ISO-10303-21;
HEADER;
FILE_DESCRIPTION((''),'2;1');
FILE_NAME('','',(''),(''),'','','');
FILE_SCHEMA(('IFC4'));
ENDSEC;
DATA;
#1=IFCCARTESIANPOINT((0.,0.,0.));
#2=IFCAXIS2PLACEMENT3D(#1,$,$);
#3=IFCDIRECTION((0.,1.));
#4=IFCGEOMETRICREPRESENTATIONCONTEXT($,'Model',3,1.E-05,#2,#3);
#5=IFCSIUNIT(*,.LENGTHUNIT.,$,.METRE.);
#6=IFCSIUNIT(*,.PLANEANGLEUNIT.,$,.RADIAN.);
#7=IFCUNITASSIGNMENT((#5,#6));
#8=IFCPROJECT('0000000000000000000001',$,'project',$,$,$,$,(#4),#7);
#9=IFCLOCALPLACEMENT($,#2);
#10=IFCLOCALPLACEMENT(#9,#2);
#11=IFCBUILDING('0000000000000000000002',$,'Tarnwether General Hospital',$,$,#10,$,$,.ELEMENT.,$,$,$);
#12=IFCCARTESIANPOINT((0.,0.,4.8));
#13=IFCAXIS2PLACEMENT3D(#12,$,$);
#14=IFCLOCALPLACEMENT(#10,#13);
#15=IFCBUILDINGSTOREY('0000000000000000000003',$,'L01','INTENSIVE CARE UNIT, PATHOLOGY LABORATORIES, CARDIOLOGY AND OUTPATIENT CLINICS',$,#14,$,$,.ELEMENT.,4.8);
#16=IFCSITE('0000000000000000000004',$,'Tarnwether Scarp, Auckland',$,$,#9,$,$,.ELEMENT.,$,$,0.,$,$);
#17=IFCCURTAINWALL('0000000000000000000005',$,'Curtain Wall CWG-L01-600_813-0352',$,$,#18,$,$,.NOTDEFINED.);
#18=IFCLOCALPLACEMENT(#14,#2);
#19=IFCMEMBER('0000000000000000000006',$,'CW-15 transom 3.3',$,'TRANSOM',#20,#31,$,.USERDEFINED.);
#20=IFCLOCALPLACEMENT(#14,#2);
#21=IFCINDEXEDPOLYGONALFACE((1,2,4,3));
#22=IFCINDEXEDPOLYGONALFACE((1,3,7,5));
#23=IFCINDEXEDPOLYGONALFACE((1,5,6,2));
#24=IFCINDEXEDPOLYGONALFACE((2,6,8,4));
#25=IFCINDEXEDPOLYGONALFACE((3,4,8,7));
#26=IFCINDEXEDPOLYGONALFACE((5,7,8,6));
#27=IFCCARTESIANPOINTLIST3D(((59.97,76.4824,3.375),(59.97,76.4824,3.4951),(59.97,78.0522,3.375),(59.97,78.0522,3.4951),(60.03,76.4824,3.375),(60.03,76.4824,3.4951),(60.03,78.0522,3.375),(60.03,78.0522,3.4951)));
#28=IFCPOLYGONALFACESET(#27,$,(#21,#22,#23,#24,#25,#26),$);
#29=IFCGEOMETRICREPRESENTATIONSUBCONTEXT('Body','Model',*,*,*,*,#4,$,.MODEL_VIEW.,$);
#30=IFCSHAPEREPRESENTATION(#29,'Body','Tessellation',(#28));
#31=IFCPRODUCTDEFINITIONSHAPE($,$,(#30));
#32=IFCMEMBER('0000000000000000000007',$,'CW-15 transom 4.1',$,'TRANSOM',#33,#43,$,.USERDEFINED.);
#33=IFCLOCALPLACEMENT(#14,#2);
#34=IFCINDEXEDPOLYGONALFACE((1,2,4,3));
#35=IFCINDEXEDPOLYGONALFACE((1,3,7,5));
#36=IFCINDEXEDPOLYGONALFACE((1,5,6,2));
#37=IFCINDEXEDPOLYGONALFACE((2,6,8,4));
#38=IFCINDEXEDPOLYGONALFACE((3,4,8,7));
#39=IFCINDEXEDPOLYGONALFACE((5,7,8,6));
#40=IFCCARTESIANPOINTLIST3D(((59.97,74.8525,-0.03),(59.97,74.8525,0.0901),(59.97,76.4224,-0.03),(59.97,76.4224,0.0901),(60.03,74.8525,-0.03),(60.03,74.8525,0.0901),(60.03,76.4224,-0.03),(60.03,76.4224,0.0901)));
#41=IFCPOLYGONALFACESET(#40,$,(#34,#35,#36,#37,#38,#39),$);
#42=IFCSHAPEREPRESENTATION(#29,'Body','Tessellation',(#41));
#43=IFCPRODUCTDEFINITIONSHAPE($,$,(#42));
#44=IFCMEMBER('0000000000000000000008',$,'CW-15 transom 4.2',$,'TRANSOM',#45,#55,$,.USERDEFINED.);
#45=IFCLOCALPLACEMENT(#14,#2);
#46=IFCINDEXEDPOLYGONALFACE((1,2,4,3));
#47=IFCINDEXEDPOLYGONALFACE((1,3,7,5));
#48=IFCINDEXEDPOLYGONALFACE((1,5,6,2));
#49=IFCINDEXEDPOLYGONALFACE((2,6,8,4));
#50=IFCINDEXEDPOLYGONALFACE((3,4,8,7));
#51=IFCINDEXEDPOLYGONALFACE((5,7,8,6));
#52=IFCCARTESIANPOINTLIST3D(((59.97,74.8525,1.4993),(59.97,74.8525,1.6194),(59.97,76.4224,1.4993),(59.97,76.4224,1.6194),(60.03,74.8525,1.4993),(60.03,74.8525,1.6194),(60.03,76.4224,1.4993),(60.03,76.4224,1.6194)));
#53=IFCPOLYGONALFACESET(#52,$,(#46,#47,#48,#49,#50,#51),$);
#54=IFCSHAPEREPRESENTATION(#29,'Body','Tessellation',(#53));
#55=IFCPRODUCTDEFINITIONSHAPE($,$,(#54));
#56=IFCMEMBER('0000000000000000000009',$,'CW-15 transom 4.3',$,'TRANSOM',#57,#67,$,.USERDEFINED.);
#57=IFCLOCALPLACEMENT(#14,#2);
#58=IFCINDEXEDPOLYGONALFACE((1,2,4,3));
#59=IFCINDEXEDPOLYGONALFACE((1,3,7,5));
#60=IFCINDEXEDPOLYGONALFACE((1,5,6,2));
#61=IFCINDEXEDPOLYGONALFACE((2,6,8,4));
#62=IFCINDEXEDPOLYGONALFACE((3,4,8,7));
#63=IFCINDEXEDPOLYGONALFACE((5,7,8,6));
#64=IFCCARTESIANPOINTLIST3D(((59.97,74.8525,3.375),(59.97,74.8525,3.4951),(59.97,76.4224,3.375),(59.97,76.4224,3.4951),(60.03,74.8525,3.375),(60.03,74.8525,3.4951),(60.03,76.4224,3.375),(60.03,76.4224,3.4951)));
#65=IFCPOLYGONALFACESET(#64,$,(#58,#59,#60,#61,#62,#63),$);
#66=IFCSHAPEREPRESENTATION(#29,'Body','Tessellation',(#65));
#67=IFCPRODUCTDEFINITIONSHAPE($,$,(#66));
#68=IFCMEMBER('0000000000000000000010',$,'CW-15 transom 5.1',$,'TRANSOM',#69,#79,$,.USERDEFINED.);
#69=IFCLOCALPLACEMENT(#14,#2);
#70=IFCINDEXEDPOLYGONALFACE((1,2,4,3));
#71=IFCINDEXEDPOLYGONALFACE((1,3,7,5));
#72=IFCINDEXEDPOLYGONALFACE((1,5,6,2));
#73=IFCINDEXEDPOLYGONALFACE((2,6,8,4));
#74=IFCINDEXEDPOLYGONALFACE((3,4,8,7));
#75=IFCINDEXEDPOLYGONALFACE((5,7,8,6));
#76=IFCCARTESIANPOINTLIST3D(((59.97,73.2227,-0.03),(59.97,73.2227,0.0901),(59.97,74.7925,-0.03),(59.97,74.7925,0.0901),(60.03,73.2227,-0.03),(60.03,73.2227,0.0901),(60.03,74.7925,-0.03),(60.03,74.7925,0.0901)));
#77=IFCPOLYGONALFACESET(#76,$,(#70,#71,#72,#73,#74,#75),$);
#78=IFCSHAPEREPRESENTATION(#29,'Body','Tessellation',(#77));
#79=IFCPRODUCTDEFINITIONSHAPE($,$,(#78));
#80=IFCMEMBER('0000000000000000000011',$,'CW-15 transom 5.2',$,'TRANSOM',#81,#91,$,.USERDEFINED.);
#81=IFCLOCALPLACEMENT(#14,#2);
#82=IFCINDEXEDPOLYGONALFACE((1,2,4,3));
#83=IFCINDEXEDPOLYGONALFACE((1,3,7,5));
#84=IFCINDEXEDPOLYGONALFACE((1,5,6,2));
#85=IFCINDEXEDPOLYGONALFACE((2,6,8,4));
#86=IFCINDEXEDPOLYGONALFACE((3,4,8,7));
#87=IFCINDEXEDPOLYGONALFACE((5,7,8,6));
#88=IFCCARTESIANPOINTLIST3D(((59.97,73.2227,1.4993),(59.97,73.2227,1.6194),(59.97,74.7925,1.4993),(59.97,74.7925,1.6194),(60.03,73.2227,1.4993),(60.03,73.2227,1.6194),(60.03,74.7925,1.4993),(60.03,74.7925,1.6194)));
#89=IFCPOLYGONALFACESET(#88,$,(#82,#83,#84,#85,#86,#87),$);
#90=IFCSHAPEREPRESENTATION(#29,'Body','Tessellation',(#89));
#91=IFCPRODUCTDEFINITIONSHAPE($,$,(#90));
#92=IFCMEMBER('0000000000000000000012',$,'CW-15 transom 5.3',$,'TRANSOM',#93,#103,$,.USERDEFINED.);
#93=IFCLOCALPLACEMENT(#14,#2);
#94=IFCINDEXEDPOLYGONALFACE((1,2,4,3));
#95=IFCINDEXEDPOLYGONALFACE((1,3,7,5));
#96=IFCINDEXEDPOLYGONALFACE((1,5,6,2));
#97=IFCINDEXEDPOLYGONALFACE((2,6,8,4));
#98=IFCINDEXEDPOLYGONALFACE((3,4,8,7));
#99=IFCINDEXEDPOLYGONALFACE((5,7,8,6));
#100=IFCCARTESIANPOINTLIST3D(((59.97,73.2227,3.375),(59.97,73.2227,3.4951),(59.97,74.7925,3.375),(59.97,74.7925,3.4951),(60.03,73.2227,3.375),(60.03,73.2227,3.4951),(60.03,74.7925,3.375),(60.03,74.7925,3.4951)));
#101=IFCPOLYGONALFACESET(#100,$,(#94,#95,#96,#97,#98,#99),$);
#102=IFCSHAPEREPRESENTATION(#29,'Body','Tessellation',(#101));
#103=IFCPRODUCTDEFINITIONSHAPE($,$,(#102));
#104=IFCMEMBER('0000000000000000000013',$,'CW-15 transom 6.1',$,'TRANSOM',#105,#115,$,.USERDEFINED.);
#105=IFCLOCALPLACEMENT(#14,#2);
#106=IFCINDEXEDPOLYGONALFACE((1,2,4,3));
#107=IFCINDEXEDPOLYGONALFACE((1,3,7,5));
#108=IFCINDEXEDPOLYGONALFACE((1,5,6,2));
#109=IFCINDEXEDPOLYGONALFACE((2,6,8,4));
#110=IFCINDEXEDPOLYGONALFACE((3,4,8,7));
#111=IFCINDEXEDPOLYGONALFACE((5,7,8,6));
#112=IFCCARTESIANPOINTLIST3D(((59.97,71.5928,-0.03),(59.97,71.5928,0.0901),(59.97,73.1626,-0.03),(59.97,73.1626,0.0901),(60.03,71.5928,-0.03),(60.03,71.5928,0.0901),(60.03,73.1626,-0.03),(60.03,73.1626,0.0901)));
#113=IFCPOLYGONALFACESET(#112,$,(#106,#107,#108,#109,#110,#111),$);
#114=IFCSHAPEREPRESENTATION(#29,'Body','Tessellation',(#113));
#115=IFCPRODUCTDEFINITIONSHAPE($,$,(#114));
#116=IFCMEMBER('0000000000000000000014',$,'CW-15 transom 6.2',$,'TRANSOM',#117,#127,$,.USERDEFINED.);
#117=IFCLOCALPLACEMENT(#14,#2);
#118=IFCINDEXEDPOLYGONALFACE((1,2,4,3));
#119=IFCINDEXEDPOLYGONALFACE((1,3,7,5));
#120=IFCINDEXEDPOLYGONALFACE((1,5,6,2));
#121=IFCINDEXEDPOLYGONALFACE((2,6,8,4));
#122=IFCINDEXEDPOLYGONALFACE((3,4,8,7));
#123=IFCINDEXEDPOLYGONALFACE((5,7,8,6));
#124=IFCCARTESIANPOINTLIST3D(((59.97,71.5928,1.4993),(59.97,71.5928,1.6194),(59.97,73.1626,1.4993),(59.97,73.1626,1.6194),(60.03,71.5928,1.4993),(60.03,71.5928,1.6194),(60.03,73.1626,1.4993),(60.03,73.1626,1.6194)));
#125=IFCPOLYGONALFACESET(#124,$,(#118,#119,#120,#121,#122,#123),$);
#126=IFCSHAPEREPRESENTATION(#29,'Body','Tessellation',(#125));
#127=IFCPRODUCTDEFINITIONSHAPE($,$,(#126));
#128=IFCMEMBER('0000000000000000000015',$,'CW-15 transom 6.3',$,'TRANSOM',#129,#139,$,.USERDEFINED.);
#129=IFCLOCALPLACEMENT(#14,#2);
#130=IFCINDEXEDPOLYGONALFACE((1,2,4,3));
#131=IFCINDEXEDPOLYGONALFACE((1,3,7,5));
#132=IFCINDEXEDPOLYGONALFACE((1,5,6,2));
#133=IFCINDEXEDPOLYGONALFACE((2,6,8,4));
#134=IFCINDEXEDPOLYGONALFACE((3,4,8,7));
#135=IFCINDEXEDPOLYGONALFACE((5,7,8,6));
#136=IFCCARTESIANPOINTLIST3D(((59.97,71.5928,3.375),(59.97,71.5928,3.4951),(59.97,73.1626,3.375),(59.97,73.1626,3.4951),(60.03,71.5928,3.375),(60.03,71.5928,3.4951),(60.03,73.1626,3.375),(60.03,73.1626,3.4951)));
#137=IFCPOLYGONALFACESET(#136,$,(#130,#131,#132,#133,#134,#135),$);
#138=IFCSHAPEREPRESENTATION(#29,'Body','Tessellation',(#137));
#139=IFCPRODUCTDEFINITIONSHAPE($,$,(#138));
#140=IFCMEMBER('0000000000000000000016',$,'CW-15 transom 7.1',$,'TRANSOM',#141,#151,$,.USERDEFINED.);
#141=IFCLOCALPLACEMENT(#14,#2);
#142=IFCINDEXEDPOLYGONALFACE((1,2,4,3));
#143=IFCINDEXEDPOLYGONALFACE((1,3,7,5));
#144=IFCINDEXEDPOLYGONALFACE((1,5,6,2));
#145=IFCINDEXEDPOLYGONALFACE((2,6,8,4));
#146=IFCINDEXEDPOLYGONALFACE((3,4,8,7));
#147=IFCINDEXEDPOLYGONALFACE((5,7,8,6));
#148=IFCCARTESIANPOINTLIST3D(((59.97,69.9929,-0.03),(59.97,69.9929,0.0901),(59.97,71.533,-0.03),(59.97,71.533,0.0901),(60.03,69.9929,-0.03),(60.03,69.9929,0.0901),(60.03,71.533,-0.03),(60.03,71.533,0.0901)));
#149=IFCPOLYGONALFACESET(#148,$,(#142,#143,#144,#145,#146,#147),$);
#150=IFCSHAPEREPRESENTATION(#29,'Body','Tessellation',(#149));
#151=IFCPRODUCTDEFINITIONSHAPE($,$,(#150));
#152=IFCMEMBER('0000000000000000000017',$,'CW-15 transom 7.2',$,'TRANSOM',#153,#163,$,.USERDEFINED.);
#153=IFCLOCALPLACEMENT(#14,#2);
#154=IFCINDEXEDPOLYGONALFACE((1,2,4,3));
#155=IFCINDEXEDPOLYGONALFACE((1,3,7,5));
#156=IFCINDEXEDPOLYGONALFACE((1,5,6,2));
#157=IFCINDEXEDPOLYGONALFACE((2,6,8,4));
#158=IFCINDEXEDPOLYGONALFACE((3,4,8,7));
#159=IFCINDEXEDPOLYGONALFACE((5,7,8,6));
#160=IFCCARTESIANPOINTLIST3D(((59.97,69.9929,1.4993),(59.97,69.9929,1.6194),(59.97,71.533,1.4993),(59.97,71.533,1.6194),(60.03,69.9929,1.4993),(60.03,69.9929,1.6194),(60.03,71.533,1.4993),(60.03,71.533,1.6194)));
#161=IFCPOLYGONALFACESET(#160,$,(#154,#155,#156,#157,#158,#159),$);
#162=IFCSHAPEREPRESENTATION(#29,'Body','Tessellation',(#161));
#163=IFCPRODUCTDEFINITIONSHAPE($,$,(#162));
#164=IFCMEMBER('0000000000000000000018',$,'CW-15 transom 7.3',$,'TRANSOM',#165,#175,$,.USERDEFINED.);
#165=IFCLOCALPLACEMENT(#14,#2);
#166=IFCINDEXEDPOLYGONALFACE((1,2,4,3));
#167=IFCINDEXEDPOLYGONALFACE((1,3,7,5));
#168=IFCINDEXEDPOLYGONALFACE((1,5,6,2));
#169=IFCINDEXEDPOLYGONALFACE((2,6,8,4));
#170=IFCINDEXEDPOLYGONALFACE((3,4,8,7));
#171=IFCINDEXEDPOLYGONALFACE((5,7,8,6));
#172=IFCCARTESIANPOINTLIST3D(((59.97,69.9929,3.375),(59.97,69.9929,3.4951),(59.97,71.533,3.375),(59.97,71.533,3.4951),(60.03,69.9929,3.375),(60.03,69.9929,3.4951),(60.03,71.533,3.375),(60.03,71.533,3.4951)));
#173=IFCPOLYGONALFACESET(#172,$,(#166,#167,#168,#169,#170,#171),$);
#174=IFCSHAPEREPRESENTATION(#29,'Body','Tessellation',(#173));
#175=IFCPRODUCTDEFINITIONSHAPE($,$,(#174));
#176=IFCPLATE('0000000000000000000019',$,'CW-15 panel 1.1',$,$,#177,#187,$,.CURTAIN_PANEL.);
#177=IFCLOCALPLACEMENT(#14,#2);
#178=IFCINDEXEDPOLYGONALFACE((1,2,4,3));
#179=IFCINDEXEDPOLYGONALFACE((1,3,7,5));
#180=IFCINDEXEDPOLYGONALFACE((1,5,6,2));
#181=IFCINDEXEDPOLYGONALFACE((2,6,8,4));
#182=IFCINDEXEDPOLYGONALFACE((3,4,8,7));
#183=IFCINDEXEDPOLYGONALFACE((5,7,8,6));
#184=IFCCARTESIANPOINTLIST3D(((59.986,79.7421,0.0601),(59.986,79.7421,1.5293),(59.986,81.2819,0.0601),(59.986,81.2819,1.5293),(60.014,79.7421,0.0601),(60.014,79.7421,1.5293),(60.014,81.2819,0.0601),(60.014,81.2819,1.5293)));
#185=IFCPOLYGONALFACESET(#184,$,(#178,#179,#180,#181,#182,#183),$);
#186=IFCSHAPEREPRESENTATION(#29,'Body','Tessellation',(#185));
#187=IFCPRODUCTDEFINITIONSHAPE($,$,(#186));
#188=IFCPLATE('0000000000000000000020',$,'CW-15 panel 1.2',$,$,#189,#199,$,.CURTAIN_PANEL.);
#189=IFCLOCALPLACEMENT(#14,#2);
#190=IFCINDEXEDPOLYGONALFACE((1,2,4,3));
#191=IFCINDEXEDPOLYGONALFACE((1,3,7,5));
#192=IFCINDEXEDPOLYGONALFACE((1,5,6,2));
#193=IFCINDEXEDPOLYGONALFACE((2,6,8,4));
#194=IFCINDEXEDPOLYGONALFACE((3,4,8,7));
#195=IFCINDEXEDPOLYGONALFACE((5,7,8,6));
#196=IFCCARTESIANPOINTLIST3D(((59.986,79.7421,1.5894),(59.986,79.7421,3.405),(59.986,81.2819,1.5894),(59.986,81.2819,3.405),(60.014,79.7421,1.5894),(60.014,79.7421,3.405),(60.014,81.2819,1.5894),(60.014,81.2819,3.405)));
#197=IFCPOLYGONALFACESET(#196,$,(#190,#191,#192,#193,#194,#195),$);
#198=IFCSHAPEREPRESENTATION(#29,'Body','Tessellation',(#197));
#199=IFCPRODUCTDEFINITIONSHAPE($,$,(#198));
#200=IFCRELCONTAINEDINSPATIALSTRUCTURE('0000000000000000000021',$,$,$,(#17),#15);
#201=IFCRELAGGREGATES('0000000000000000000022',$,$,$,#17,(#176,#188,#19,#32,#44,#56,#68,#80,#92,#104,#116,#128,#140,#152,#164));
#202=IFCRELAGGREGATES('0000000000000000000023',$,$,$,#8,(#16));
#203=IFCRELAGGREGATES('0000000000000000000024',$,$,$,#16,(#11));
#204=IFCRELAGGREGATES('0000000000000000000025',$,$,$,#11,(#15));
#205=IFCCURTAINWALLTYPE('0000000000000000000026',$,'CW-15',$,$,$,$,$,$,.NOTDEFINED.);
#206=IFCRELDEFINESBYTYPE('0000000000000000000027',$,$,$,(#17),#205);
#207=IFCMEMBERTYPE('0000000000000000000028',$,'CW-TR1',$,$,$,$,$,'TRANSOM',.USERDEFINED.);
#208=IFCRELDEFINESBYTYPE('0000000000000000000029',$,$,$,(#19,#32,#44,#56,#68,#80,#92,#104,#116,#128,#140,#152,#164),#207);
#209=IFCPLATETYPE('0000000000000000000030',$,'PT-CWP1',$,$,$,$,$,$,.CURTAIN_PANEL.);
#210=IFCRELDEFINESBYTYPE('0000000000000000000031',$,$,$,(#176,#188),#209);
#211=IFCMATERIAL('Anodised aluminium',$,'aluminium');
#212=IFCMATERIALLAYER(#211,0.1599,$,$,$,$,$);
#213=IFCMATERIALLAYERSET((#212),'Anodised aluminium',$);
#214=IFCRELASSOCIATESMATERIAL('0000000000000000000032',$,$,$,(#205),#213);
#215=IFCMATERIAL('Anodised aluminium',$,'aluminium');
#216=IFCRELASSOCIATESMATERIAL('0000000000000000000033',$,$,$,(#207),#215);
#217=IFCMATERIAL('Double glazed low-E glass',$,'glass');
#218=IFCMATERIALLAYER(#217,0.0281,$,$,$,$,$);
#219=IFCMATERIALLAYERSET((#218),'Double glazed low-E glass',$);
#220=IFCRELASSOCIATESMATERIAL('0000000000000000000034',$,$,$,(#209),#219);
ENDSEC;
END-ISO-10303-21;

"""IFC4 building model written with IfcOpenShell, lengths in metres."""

from ifc_helpers import new_model, si_unit, direction, frame, origin, origin_2d, place, context, subcontext, project, spatial, rectangle, extrude, material, layer, layer_set, material_profile, profile_set, type_object, element, aggregate, save


model = new_model("IFC4")

# Units and contexts
model_context = context("Model", 3, precision=1e-05, world=origin(), true_north=direction((0.0, 1.0)))
body_context = subcontext(model_context, "Body", "Model", "MODEL_VIEW")
ifc_project = project(units=[si_unit("LENGTHUNIT", "METRE"), si_unit("PLANEANGLEUNIT", "RADIAN")], contexts=[model_context])

# Site, building, storey
site_placement = place(None, origin())
site = spatial("IfcSite", under=ifc_project, at=site_placement, Name="Tarnwether Scarp, Auckland", CompositionType="ELEMENT", RefElevation=0.0)
building_placement = place(site_placement, origin())
building = spatial("IfcBuilding", under=site, at=building_placement, Name="Tarnwether General Hospital", CompositionType="ELEMENT")
storey_placement = place(building_placement, frame((0.0, 0.0, 4.8)))
storey = spatial("IfcBuildingStorey", under=building, at=storey_placement, Name="L01", Description="INTENSIVE CARE UNIT, PATHOLOGY LABORATORIES, CARDIOLOGY AND OUTPATIENT CLINICS", CompositionType="ELEMENT", Elevation=4.8)

# Curtain wall, members, plates
ifc_material_1 = material(Name="Anodised aluminium", Category="aluminium")
ifc_layer_1 = layer(ifc_material_1, 0.1599)
ifc_layer_set_1 = layer_set([ifc_layer_1], Name="Anodised aluminium")
curtain_wall_type = type_object("IfcCurtainWallType", Name="CW-15", PredefinedType="NOTDEFINED", material=ifc_layer_set_1)
curtain_wall_placement = place(storey_placement, origin())
curtain_wall = element("IfcCurtainWall", 1, at=curtain_wall_placement, inside=storey, type_object=curtain_wall_type, Name="Curtain Wall CWG-L01-600_813-0352", PredefinedType="NOTDEFINED")
ifc_material_2 = material(Name="Anodised aluminium", Category="aluminium")
ifc_material_profile_1 = material_profile(ifc_material_2, rectangle(XDim=0.0601, YDim=0.1201, at=origin_2d()), Name="ALU-TRN-60x120")
ifc_profile_set_1 = profile_set([ifc_material_profile_1], Name="Anodised aluminium")
member_type_1 = type_object("IfcMemberType", Name="CW-TR1", ElementType="TRANSOM", PredefinedType="USERDEFINED", material=ifc_profile_set_1)
member_1_placement = place(storey_placement, frame((60.0, 78.0522, 3.4351), z_axis=(0.0, -1.0, 0.0), x_axis=(1.0, 0.0, 0.0)))
member_1 = element("IfcMember", 2, at=member_1_placement, type_object=member_type_1, Name="CW-15 transom 3.3", ObjectType="TRANSOM", PredefinedType="USERDEFINED", context=body_context, shape_type="SweptSolid", body=[
    extrude(rectangle(XDim=0.0601, YDim=0.1201, at=origin_2d()), origin(), (0.0, 0.0, 1.0), 1.5698),
])
member_2_placement = place(storey_placement, frame((60.0, 76.4224, 0.03), z_axis=(0.0, -1.0, 0.0), x_axis=(1.0, 0.0, 0.0)))
member_2 = element("IfcMember", 3, at=member_2_placement, type_object=member_type_1, Name="CW-15 transom 4.1", ObjectType="TRANSOM", PredefinedType="USERDEFINED", context=body_context, shape_type="SweptSolid", body=[
    extrude(rectangle(XDim=0.0601, YDim=0.1201, at=origin_2d()), origin(), (0.0, 0.0, 1.0), 1.5698),
])
member_3_placement = place(storey_placement, frame((60.0, 76.4224, 1.5593), z_axis=(0.0, -1.0, 0.0), x_axis=(1.0, 0.0, 0.0)))
member_3 = element("IfcMember", 4, at=member_3_placement, type_object=member_type_1, Name="CW-15 transom 4.2", ObjectType="TRANSOM", PredefinedType="USERDEFINED", context=body_context, shape_type="SweptSolid", body=[
    extrude(rectangle(XDim=0.0601, YDim=0.1201, at=origin_2d()), origin(), (0.0, 0.0, 1.0), 1.5698),
])
member_4_placement = place(storey_placement, frame((60.0, 76.4224, 3.4351), z_axis=(0.0, -1.0, 0.0), x_axis=(1.0, 0.0, 0.0)))
member_4 = element("IfcMember", 5, at=member_4_placement, type_object=member_type_1, Name="CW-15 transom 4.3", ObjectType="TRANSOM", PredefinedType="USERDEFINED", context=body_context, shape_type="SweptSolid", body=[
    extrude(rectangle(XDim=0.0601, YDim=0.1201, at=origin_2d()), origin(), (0.0, 0.0, 1.0), 1.5698),
])
member_5_placement = place(storey_placement, frame((60.0, 74.7925, 0.03), z_axis=(0.0, -1.0, 0.0), x_axis=(1.0, 0.0, 0.0)))
member_5 = element("IfcMember", 6, at=member_5_placement, type_object=member_type_1, Name="CW-15 transom 5.1", ObjectType="TRANSOM", PredefinedType="USERDEFINED", context=body_context, shape_type="SweptSolid", body=[
    extrude(rectangle(XDim=0.0601, YDim=0.1201, at=origin_2d()), origin(), (0.0, 0.0, 1.0), 1.5698),
])
member_6_placement = place(storey_placement, frame((60.0, 74.7925, 1.5593), z_axis=(0.0, -1.0, 0.0), x_axis=(1.0, 0.0, 0.0)))
member_6 = element("IfcMember", 7, at=member_6_placement, type_object=member_type_1, Name="CW-15 transom 5.2", ObjectType="TRANSOM", PredefinedType="USERDEFINED", context=body_context, shape_type="SweptSolid", body=[
    extrude(rectangle(XDim=0.0601, YDim=0.1201, at=origin_2d()), origin(), (0.0, 0.0, 1.0), 1.5698),
])
member_7_placement = place(storey_placement, frame((60.0, 74.7925, 3.4351), z_axis=(0.0, -1.0, 0.0), x_axis=(1.0, 0.0, 0.0)))
member_7 = element("IfcMember", 8, at=member_7_placement, type_object=member_type_1, Name="CW-15 transom 5.3", ObjectType="TRANSOM", PredefinedType="USERDEFINED", context=body_context, shape_type="SweptSolid", body=[
    extrude(rectangle(XDim=0.0601, YDim=0.1201, at=origin_2d()), origin(), (0.0, 0.0, 1.0), 1.5698),
])
member_8_placement = place(storey_placement, frame((60.0, 73.1626, 0.03), z_axis=(0.0, -1.0, 0.0), x_axis=(1.0, 0.0, 0.0)))
member_8 = element("IfcMember", 9, at=member_8_placement, type_object=member_type_1, Name="CW-15 transom 6.1", ObjectType="TRANSOM", PredefinedType="USERDEFINED", context=body_context, shape_type="SweptSolid", body=[
    extrude(rectangle(XDim=0.0601, YDim=0.1201, at=origin_2d()), origin(), (0.0, 0.0, 1.0), 1.5698),
])
member_9_placement = place(storey_placement, frame((60.0, 73.1626, 1.5593), z_axis=(0.0, -1.0, 0.0), x_axis=(1.0, 0.0, 0.0)))
member_9 = element("IfcMember", 10, at=member_9_placement, type_object=member_type_1, Name="CW-15 transom 6.2", ObjectType="TRANSOM", PredefinedType="USERDEFINED", context=body_context, shape_type="SweptSolid", body=[
    extrude(rectangle(XDim=0.0601, YDim=0.1201, at=origin_2d()), origin(), (0.0, 0.0, 1.0), 1.5698),
])
member_10_placement = place(storey_placement, frame((60.0, 73.1626, 3.4351), z_axis=(0.0, -1.0, 0.0), x_axis=(1.0, 0.0, 0.0)))
member_10 = element("IfcMember", 11, at=member_10_placement, type_object=member_type_1, Name="CW-15 transom 6.3", ObjectType="TRANSOM", PredefinedType="USERDEFINED", context=body_context, shape_type="SweptSolid", body=[
    extrude(rectangle(XDim=0.0601, YDim=0.1201, at=origin_2d()), origin(), (0.0, 0.0, 1.0), 1.5698),
])
member_11_placement = place(storey_placement, frame((60.0, 71.533, 0.03), z_axis=(0.0, -1.0, 0.0), x_axis=(1.0, 0.0, 0.0)))
member_11 = element("IfcMember", 12, at=member_11_placement, type_object=member_type_1, Name="CW-15 transom 7.1", ObjectType="TRANSOM", PredefinedType="USERDEFINED", context=body_context, shape_type="SweptSolid", body=[
    extrude(rectangle(XDim=0.0601, YDim=0.1201, at=origin_2d()), origin(), (0.0, 0.0, 1.0), 1.54),
])
member_12_placement = place(storey_placement, frame((60.0, 71.533, 1.5593), z_axis=(0.0, -1.0, 0.0), x_axis=(1.0, 0.0, 0.0)))
member_12 = element("IfcMember", 13, at=member_12_placement, type_object=member_type_1, Name="CW-15 transom 7.2", ObjectType="TRANSOM", PredefinedType="USERDEFINED", context=body_context, shape_type="SweptSolid", body=[
    extrude(rectangle(XDim=0.0601, YDim=0.1201, at=origin_2d()), origin(), (0.0, 0.0, 1.0), 1.54),
])
member_13_placement = place(storey_placement, frame((60.0, 71.533, 3.4351), z_axis=(0.0, -1.0, 0.0), x_axis=(1.0, 0.0, 0.0)))
member_13 = element("IfcMember", 14, at=member_13_placement, type_object=member_type_1, Name="CW-15 transom 7.3", ObjectType="TRANSOM", PredefinedType="USERDEFINED", context=body_context, shape_type="SweptSolid", body=[
    extrude(rectangle(XDim=0.0601, YDim=0.1201, at=origin_2d()), origin(), (0.0, 0.0, 1.0), 1.54),
])
ifc_material_3 = material(Name="Double glazed low-E glass", Category="glass")
ifc_layer_2 = layer(ifc_material_3, 0.0281)
ifc_layer_set_2 = layer_set([ifc_layer_2], Name="Double glazed low-E glass")
plate_type = type_object("IfcPlateType", Name="PT-CWP1", PredefinedType="CURTAIN_PANEL", material=ifc_layer_set_2)
plate_1_placement = place(storey_placement, frame((60.0, 80.512, 0.0601), z_axis=(0.0, 0.0, 1.0), x_axis=(0.0, -1.0, 0.0)))
plate_1 = element("IfcPlate", 15, at=plate_1_placement, type_object=plate_type, Name="CW-15 panel 1.1", PredefinedType="CURTAIN_PANEL", context=body_context, shape_type="SweptSolid", body=[
    extrude(rectangle(XDim=1.5398, YDim=0.0281, at=origin_2d()), origin(), (0.0, 0.0, 1.0), 1.4692),
])
plate_2_placement = place(storey_placement, frame((60.0, 80.512, 1.5894), z_axis=(0.0, 0.0, 1.0), x_axis=(0.0, -1.0, 0.0)))
plate_2 = element("IfcPlate", 16, at=plate_2_placement, type_object=plate_type, Name="CW-15 panel 1.2", PredefinedType="CURTAIN_PANEL", context=body_context, shape_type="SweptSolid", body=[
    extrude(rectangle(XDim=1.5398, YDim=0.0281, at=origin_2d()), origin(), (0.0, 0.0, 1.0), 1.8157),
])
aggregate(curtain_wall, [plate_1, plate_2, member_1, member_2, member_3, member_4, member_5, member_6, member_7, member_8, member_9, member_10, member_11, member_12, member_13])

save(model, "model.ifc")
